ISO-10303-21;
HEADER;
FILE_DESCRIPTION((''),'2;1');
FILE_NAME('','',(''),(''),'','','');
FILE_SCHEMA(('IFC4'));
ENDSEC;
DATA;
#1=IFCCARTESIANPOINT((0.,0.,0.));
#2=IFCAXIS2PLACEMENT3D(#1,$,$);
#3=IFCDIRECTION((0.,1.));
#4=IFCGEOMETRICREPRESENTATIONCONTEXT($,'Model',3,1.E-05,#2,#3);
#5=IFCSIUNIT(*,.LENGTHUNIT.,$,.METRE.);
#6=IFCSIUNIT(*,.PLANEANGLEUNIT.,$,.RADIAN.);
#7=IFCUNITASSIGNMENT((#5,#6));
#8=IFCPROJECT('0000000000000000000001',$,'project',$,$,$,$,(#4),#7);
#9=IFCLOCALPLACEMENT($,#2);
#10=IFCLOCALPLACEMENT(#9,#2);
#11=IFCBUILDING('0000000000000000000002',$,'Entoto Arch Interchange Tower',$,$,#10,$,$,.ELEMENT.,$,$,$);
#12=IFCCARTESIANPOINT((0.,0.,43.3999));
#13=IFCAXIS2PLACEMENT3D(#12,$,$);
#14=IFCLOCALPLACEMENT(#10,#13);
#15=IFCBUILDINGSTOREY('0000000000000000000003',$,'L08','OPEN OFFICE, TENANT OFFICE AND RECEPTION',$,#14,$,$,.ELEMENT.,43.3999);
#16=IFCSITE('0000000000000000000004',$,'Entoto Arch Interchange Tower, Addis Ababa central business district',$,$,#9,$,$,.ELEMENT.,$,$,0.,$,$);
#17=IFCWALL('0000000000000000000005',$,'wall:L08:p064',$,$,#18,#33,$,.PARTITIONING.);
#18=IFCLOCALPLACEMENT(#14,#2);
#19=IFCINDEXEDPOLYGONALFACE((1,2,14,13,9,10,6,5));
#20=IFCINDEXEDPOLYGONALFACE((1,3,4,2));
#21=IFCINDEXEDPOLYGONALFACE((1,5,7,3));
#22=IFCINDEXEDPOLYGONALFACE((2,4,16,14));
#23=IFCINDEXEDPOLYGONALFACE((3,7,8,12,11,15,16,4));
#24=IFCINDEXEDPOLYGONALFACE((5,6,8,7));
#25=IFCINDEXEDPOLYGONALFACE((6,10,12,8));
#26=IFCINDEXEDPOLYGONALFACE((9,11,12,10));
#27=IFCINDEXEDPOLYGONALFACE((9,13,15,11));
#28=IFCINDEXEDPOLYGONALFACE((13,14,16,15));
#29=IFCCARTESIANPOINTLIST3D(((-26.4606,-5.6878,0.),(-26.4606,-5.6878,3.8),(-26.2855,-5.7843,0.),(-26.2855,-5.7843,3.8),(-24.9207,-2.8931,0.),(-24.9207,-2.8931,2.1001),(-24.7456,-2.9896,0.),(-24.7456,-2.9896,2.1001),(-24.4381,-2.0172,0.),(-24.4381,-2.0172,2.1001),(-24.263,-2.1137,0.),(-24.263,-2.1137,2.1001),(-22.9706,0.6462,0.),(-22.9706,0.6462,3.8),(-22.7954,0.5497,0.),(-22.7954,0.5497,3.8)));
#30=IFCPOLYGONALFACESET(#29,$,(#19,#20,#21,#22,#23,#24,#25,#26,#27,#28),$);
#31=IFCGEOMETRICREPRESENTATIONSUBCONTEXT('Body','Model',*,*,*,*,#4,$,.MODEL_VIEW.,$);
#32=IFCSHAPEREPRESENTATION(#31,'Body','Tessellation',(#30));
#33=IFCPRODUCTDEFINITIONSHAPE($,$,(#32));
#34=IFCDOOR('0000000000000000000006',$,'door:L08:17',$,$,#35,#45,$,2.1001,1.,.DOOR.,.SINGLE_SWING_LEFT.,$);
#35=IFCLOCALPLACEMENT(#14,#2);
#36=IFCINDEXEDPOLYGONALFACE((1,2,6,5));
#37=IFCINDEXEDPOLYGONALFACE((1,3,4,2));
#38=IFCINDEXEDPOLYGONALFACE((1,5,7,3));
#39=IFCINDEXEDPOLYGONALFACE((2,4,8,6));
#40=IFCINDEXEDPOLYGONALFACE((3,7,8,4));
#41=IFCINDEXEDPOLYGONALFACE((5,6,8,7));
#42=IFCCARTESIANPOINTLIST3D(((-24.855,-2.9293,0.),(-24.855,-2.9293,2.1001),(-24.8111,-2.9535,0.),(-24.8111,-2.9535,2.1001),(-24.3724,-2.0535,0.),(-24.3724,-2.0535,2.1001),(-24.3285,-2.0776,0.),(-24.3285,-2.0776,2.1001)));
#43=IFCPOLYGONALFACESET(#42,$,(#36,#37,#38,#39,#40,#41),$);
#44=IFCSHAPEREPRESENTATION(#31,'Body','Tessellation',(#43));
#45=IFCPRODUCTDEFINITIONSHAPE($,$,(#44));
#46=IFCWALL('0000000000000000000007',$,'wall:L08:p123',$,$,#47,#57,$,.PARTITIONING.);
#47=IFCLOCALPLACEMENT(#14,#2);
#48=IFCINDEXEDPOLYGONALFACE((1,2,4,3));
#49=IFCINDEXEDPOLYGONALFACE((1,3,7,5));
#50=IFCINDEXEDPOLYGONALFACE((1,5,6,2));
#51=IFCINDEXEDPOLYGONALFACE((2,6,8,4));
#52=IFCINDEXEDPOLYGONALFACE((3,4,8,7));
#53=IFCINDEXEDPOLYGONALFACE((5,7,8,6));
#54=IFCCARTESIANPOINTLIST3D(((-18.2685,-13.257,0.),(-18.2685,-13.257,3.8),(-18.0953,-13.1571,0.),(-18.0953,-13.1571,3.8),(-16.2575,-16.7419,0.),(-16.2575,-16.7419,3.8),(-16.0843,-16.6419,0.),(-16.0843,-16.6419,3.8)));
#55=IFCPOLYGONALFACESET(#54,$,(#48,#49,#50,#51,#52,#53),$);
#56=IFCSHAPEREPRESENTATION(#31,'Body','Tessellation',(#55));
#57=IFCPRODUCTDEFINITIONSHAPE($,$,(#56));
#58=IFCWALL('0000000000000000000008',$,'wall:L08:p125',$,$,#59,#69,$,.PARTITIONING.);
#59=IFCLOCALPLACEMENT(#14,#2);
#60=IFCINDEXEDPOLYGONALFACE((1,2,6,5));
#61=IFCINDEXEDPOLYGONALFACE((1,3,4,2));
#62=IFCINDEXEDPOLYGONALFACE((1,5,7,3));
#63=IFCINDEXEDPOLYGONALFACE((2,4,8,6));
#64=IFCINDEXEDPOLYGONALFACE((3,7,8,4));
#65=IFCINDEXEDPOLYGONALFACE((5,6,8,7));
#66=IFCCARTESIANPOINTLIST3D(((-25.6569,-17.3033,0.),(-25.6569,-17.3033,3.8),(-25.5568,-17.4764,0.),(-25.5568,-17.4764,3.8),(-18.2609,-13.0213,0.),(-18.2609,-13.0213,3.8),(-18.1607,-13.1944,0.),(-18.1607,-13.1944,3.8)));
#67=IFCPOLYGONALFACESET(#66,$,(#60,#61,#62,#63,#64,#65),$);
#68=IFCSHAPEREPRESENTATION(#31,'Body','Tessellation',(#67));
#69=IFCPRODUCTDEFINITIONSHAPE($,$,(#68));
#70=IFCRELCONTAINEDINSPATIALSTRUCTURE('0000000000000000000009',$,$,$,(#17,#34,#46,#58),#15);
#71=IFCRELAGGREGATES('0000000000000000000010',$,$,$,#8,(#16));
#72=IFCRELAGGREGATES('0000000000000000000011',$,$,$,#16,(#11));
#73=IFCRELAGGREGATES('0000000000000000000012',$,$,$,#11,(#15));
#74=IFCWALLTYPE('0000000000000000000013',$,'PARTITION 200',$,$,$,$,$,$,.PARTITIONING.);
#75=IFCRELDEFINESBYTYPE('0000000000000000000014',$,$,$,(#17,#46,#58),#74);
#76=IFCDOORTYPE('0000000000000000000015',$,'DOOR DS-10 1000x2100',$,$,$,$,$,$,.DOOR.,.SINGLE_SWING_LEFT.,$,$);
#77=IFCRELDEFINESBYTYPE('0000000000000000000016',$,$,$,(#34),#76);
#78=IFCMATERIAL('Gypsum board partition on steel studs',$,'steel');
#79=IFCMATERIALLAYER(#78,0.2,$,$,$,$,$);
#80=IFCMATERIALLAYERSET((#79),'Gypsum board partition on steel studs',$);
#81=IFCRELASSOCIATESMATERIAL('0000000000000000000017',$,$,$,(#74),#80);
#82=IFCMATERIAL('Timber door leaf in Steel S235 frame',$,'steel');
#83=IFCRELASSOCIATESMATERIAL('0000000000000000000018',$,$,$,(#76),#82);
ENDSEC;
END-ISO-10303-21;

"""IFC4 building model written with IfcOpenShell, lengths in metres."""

from ifc_helpers import new_model, si_unit, direction, frame, frame_2d, origin, place, context, subcontext, project, spatial, rectangle, extrude, material, layer, layer_set, type_object, element, fill, save


model = new_model("IFC4")

# Units and contexts
model_context = context("Model", 3, precision=1e-05, world=origin(), true_north=direction((0.0, 1.0)))
body_context = subcontext(model_context, "Body", "Model", "MODEL_VIEW")
ifc_project = project(units=[si_unit("LENGTHUNIT", "METRE"), si_unit("PLANEANGLEUNIT", "RADIAN")], contexts=[model_context])

# Site, building, storey
site_placement = place(None, origin())
site = spatial("IfcSite", under=ifc_project, at=site_placement, Name="Entoto Arch Interchange Tower, Addis Ababa central business district", CompositionType="ELEMENT", RefElevation=0.0)
building_placement = place(site_placement, origin())
building = spatial("IfcBuilding", under=site, at=building_placement, Name="Entoto Arch Interchange Tower", CompositionType="ELEMENT")
storey_placement = place(building_placement, frame((0.0, 0.0, 43.3999)))
storey = spatial("IfcBuildingStorey", under=building, at=storey_placement, Name="L08", Description="OPEN OFFICE, TENANT OFFICE AND RECEPTION", CompositionType="ELEMENT", Elevation=43.3999)

# Shared definitions
ifc_material_1 = material(Name="Gypsum board partition on steel studs", Category="steel")
ifc_layer_1 = layer(ifc_material_1, 0.2)
ifc_layer_set_1 = layer_set([ifc_layer_1], Name="Gypsum board partition on steel studs")
wall_type_1 = type_object("IfcWallType", Name="PARTITION 200", PredefinedType="PARTITIONING", material=ifc_layer_set_1)

# Shared definitions
ifc_material_2 = material(Name="Timber door leaf in Steel S235 frame", Category="steel")
door_type = type_object("IfcDoorType", Name="DOOR DS-10 1000x2100", OperationType="SINGLE_SWING_LEFT", PredefinedType="DOOR", material=ifc_material_2)

# Wall, opening, door
wall_1_placement = place(storey_placement, frame((-26.373, -5.7361, 0.0), z_axis=(0.0, 0.0, 1.0), x_axis=(0.482587, 0.875848, 0.0)))
wall_1 = element("IfcWall", 1, at=wall_1_placement, inside=storey, type_object=wall_type_1, Name="wall:L08:p064", PredefinedType="PARTITIONING", context=body_context, shape_type="SweptSolid", body=[
    extrude(rectangle(XDim=7.2319, YDim=0.2, at=frame_2d((3.616, 0.0))), origin(), (0.0, 0.0, 1.0), 3.8),
])
opening_1_placement = place(wall_1_placement, frame((3.1909, 0.0, 0.0)))
opening_1 = element("IfcOpeningElement", 2, at=opening_1_placement, cuts=wall_1, PredefinedType="OPENING", context=body_context, shape_type="SweptSolid", body=[
    extrude(rectangle(XDim=1.0, YDim=2.1001, at=frame_2d((0.5, 1.05))), frame((0.0, 0.1099, 0.0), z_axis=(0.0, -1.0, 0.0), x_axis=(1.0, 0.0, 0.0)), (0.0, 0.0, 1.0), 0.22),
])
door_1_placement = place(opening_1_placement, origin())
door_1 = element("IfcDoor", 3, at=door_1_placement, inside=storey, type_object=door_type, Name="door:L08:17", OperationType="SINGLE_SWING_LEFT", OverallHeight=2.1001, OverallWidth=1.0, PredefinedType="DOOR", context=body_context, shape_type="SweptSolid", body=[
    extrude(rectangle(XDim=1.0, YDim=2.1001, at=frame_2d((0.5, 1.05))), frame((0.0, 0.0249, 0.0), z_axis=(0.0, -1.0, 0.0), x_axis=(1.0, 0.0, 0.0)), (0.0, 0.0, 1.0), 0.05),
])
fill(opening_1, door_1)

# Walls
wall_2_placement = place(storey_placement, frame((-16.1709, -16.6919, 0.0), z_axis=(0.0, 0.0, 1.0), x_axis=(-0.499814, 0.866133, 0.0)))
element("IfcWall", 4, at=wall_2_placement, inside=storey, type_object=wall_type_1, Name="wall:L08:p123", PredefinedType="PARTITIONING", context=body_context, shape_type="SweptSolid", body=[
    extrude(rectangle(XDim=4.0234, YDim=0.2, at=frame_2d((2.0117, 0.0))), origin(), (0.0, 0.0, 1.0), 3.8),
])
wall_3_placement = place(storey_placement, frame((-18.2109, -13.1079, 0.0), z_axis=(0.0, 0.0, 1.0), x_axis=(-0.865422, -0.501044, 0.0)))
element("IfcWall", 5, at=wall_3_placement, inside=storey, type_object=wall_type_1, Name="wall:L08:p125", PredefinedType="PARTITIONING", context=body_context, shape_type="SweptSolid", body=[
    extrude(rectangle(XDim=8.5461, YDim=0.2, at=frame_2d((4.2729, 0.0))), origin(), (0.0, 0.0, 1.0), 3.8),
])

save(model, "model.ifc")
